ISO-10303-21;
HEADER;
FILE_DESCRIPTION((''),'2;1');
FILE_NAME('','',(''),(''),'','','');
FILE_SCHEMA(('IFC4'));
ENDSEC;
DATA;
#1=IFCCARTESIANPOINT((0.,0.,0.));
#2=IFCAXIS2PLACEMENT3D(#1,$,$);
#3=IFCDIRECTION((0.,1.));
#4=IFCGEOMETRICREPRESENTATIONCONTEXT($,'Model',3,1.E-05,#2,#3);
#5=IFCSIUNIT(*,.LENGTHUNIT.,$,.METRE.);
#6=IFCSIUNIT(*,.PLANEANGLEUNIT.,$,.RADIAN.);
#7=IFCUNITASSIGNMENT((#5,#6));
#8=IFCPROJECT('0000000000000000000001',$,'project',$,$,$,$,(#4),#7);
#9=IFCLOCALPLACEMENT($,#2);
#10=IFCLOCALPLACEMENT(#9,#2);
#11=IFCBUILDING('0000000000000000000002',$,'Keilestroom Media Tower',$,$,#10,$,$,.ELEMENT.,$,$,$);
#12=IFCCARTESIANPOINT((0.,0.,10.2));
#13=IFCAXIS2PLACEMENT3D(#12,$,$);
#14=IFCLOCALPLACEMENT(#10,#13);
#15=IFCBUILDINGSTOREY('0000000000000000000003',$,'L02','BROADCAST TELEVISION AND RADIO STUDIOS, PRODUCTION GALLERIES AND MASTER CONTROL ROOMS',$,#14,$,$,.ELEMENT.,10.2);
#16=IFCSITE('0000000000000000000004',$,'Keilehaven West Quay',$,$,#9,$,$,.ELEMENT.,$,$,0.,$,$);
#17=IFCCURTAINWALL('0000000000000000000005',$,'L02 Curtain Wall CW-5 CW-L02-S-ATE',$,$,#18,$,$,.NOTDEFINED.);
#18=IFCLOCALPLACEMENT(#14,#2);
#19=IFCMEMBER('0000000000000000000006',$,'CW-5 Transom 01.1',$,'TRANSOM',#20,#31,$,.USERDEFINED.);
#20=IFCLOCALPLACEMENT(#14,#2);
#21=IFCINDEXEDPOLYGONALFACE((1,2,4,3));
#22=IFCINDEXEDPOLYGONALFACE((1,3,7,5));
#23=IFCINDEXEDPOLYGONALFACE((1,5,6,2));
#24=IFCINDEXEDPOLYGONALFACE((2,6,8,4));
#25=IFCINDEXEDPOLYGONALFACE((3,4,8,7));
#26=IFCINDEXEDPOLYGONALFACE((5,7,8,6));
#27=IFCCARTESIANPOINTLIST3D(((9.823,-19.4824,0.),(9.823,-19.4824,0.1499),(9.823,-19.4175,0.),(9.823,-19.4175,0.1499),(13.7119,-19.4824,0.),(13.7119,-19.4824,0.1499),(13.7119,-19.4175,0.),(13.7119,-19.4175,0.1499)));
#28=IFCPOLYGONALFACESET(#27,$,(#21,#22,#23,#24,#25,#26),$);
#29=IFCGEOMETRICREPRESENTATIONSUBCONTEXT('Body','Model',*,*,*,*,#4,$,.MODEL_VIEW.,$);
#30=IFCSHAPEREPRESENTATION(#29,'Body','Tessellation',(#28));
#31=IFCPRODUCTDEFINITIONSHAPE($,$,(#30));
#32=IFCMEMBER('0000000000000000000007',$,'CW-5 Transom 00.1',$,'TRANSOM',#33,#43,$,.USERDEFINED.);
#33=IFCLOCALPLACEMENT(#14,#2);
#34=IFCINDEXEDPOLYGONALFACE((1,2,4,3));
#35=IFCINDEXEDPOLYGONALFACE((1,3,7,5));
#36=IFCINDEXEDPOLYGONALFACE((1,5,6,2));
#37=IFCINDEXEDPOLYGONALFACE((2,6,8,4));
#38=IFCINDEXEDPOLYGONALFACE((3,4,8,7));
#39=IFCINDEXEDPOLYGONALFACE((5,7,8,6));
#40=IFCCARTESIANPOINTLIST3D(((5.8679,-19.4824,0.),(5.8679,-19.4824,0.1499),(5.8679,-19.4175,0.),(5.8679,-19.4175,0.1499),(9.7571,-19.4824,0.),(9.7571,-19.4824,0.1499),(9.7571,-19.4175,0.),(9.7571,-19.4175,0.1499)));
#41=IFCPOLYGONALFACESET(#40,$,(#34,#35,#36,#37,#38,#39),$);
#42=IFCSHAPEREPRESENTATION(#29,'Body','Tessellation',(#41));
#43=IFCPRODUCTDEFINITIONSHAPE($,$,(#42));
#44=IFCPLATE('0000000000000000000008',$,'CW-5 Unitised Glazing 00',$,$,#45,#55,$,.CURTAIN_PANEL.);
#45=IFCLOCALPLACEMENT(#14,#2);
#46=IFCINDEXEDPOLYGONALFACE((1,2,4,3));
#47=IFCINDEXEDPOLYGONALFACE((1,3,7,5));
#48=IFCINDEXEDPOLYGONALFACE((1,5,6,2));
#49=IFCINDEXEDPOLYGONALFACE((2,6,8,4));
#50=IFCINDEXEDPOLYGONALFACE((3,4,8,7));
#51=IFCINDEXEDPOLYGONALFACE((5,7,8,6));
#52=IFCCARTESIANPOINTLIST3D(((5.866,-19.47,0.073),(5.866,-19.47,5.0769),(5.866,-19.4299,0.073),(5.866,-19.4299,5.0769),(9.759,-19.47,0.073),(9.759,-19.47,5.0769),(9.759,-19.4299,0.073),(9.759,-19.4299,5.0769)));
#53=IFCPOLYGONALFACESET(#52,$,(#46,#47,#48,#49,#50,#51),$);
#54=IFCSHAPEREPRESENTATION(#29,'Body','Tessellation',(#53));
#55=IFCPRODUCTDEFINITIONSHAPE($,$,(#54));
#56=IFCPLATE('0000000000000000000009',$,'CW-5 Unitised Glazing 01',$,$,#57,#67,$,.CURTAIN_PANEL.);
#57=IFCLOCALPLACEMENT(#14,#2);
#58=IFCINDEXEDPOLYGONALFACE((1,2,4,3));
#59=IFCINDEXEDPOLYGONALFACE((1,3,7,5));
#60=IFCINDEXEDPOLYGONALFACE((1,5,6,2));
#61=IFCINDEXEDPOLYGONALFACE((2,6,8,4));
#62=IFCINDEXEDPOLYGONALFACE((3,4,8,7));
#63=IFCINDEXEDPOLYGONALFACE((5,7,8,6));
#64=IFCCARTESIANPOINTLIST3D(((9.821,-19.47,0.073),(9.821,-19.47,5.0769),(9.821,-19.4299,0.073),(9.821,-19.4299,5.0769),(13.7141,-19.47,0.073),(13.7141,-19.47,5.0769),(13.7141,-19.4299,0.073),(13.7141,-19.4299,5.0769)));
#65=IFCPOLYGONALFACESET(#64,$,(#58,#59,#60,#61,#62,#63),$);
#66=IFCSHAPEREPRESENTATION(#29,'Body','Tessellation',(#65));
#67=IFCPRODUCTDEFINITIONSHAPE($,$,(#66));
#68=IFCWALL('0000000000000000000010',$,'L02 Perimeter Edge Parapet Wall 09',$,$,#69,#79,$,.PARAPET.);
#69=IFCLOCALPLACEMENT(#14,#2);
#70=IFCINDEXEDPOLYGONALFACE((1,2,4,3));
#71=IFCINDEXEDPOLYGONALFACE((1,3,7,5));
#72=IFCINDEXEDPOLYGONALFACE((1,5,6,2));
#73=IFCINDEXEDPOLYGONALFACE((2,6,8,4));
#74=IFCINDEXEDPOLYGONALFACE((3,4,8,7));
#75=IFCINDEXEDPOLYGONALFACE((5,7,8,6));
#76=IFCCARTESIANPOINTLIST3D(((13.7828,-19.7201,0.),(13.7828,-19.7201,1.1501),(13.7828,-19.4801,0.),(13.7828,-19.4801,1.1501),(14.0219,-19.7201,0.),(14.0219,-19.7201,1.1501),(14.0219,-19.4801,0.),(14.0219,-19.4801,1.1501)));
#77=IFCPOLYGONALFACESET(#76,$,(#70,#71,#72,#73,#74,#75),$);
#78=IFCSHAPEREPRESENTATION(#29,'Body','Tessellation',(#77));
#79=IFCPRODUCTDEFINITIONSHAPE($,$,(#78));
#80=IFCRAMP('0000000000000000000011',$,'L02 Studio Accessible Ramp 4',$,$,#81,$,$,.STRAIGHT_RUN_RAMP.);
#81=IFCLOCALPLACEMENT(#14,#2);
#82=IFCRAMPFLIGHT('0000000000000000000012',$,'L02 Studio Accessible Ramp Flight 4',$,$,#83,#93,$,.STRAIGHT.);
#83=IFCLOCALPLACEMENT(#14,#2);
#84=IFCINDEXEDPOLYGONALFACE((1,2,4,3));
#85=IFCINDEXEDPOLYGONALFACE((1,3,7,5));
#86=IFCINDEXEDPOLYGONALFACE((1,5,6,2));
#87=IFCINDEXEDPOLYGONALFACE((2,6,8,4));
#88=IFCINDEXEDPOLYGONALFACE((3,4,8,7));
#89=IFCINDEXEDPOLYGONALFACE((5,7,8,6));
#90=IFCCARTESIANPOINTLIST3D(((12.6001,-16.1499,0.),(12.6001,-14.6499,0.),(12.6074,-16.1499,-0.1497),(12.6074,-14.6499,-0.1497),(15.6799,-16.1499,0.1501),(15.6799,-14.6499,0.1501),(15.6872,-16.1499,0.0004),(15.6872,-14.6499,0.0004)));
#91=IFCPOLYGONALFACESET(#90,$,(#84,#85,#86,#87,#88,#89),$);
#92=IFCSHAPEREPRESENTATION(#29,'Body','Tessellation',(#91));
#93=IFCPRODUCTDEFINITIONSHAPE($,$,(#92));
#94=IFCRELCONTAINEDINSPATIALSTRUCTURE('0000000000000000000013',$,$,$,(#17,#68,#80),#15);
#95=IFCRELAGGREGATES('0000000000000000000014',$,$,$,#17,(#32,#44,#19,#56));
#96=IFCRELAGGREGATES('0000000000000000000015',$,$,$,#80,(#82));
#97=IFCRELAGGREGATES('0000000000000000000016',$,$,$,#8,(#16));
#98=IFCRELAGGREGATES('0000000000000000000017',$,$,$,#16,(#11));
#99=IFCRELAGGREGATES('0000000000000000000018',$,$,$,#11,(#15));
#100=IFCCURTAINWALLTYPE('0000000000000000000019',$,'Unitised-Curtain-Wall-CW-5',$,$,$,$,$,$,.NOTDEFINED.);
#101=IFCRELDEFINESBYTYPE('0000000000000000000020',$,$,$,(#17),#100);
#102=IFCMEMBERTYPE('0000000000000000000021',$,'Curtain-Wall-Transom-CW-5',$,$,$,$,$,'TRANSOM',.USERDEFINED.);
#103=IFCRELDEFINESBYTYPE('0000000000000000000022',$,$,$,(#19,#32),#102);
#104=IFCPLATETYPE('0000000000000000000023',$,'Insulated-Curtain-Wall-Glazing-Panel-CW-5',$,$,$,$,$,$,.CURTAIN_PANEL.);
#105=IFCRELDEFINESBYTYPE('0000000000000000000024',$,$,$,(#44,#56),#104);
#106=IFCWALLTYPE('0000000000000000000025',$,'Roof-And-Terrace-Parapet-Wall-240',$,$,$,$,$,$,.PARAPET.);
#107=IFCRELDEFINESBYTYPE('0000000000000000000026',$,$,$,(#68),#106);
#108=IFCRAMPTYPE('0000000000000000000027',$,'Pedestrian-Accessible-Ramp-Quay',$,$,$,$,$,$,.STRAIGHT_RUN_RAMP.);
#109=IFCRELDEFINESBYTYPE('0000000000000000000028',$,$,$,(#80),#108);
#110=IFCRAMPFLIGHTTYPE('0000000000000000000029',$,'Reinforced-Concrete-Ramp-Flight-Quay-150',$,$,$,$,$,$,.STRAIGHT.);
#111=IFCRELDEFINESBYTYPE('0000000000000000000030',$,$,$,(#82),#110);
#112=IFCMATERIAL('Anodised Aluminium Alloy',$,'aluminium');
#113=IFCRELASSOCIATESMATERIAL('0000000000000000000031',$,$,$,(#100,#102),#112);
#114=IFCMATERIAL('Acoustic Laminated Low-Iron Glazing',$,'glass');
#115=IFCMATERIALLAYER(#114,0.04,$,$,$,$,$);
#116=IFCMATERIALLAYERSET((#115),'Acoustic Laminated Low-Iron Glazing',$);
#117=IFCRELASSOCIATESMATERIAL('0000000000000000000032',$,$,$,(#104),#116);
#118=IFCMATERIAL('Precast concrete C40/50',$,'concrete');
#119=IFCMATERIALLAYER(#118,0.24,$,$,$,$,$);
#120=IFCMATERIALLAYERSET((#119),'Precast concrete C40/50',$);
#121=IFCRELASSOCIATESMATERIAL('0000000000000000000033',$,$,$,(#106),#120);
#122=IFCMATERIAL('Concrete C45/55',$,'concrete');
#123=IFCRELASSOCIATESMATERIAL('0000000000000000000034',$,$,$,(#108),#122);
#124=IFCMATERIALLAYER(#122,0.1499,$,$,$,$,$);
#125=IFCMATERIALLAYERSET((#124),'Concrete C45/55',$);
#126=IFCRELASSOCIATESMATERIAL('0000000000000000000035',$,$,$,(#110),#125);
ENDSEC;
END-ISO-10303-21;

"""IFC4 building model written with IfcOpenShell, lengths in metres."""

from ifc_helpers import new_model, si_unit, direction, frame, frame_2d, origin, origin_2d, place, context, subcontext, project, spatial, polyline, rectangle, outline, extrude, source, transform, mapped, material, layer, layer_set, material_profile, profile_set, type_object, element, aggregate, save


model = new_model("IFC4")

# Units and contexts
model_context = context("Model", 3, precision=1e-05, world=origin(), true_north=direction((0.0, 1.0)))
body_context = subcontext(model_context, "Body", "Model", "MODEL_VIEW")
ifc_project = project(units=[si_unit("LENGTHUNIT", "METRE"), si_unit("PLANEANGLEUNIT", "RADIAN")], contexts=[model_context])

# Site, building, storey
site_placement = place(None, origin())
site = spatial("IfcSite", under=ifc_project, at=site_placement, Name="Keilehaven West Quay", CompositionType="ELEMENT", RefElevation=0.0)
building_placement = place(site_placement, origin())
building = spatial("IfcBuilding", under=site, at=building_placement, Name="Keilestroom Media Tower", CompositionType="ELEMENT")
storey_placement = place(building_placement, frame((0.0, 0.0, 10.2)))
storey = spatial("IfcBuildingStorey", under=building, at=storey_placement, Name="L02", Description="BROADCAST TELEVISION AND RADIO STUDIOS, PRODUCTION GALLERIES AND MASTER CONTROL ROOMS", CompositionType="ELEMENT", Elevation=10.2)

# Shared definitions
ifc_material_1 = material(Name="Precast concrete C40/50", Category="concrete")

# Curtain wall, members, plates
ifc_material_2 = material(Name="Anodised Aluminium Alloy", Category="aluminium")
curtain_wall_type = type_object("IfcCurtainWallType", Name="Unitised-Curtain-Wall-CW-5", PredefinedType="NOTDEFINED", material=ifc_material_2)
curtain_wall_placement = place(storey_placement, origin())
curtain_wall = element("IfcCurtainWall", 1, at=curtain_wall_placement, inside=storey, type_object=curtain_wall_type, Name="L02 Curtain Wall CW-5 CW-L02-S-ATE", PredefinedType="NOTDEFINED")
ifc_material_profile_1 = material_profile(ifc_material_2, rectangle(XDim=0.0649, YDim=0.1499, at=origin_2d()), Name="ALU TRANSOM 65x150")
ifc_profile_set_1 = profile_set([ifc_material_profile_1], Name="Anodised Aluminium Alloy")
member_type_1 = type_object("IfcMemberType", Name="Curtain-Wall-Transom-CW-5", ElementType="TRANSOM", PredefinedType="USERDEFINED", material=ifc_profile_set_1)
shared_shape_1 = source(origin(), body_context, "Body", "SweptSolid", [
    extrude(rectangle(XDim=0.0649, YDim=0.1499, at=origin_2d()), origin(), (0.0, 0.0, 1.0), 3.8889),
])
member_1_placement = place(storey_placement, frame((9.823, -19.45, 0.075), z_axis=(1.0, 0.0, 0.0), x_axis=(0.0, 1.0, 0.0)))
member_1 = element("IfcMember", 2, at=member_1_placement, type_object=member_type_1, Name="CW-5 Transom 01.1", ObjectType="TRANSOM", PredefinedType="USERDEFINED", context=body_context, shape_type="MappedRepresentation", body=[
    mapped(shared_shape_1, transform((0.0, 0.0, 0.0), x_axis=(1.0, 0.0, 0.0), y_axis=(0.0, 1.0, 0.0), z_axis=(0.0, 0.0, 1.0), scale=1.0)),
])
shared_shape_2 = source(origin(), body_context, "Body", "SweptSolid", [
    extrude(rectangle(XDim=0.0649, YDim=0.1499, at=origin_2d()), origin(), (0.0, 0.0, 1.0), 3.8892),
])
member_2_placement = place(storey_placement, frame((5.8679, -19.45, 0.075), z_axis=(1.0, 0.0, 0.0), x_axis=(0.0, 1.0, 0.0)))
member_2 = element("IfcMember", 3, at=member_2_placement, type_object=member_type_1, Name="CW-5 Transom 00.1", ObjectType="TRANSOM", PredefinedType="USERDEFINED", context=body_context, shape_type="MappedRepresentation", body=[
    mapped(shared_shape_2, transform((0.0, 0.0, 0.0), x_axis=(1.0, 0.0, 0.0), y_axis=(0.0, 1.0, 0.0), z_axis=(0.0, 0.0, 1.0), scale=1.0)),
])
ifc_material_3 = material(Name="Acoustic Laminated Low-Iron Glazing", Category="glass")
ifc_layer_1 = layer(ifc_material_3, 0.04)
ifc_layer_set_1 = layer_set([ifc_layer_1], Name="Acoustic Laminated Low-Iron Glazing")
plate_type = type_object("IfcPlateType", Name="Insulated-Curtain-Wall-Glazing-Panel-CW-5", PredefinedType="CURTAIN_PANEL", material=ifc_layer_set_1)
shared_shape_3 = source(origin(), body_context, "Body", "SweptSolid", [
    extrude(rectangle(XDim=3.8931, YDim=0.04, at=origin_2d()), origin(), (0.0, 0.0, 1.0), 5.0039),
])
plate_1_placement = place(storey_placement, frame((7.8125, -19.45, 0.073), z_axis=(0.0, 0.0, 1.0), x_axis=(1.0, 0.0, 0.0)))
plate_1 = element("IfcPlate", 4, at=plate_1_placement, type_object=plate_type, Name="CW-5 Unitised Glazing 00", PredefinedType="CURTAIN_PANEL", context=body_context, shape_type="MappedRepresentation", body=[
    mapped(shared_shape_3, transform((0.0, 0.0, 0.0), x_axis=(1.0, 0.0, 0.0), y_axis=(0.0, 1.0, 0.0), z_axis=(0.0, 0.0, 1.0), scale=1.0)),
])
plate_2_placement = place(storey_placement, frame((11.7676, -19.45, 0.073), z_axis=(0.0, 0.0, 1.0), x_axis=(1.0, 0.0, 0.0)))
plate_2 = element("IfcPlate", 5, at=plate_2_placement, type_object=plate_type, Name="CW-5 Unitised Glazing 01", PredefinedType="CURTAIN_PANEL", context=body_context, shape_type="MappedRepresentation", body=[
    mapped(shared_shape_3, transform((0.0, 0.0, 0.0), x_axis=(1.0, 0.0, 0.0), y_axis=(0.0, 1.0, 0.0), z_axis=(0.0, 0.0, 1.0), scale=1.0)),
])
aggregate(curtain_wall, [member_2, plate_1, member_1, plate_2])

# Wall
ifc_layer_2 = layer(ifc_material_1, 0.24)
ifc_layer_set_2 = layer_set([ifc_layer_2], Name="Precast concrete C40/50")
wall_type = type_object("IfcWallType", Name="Roof-And-Terrace-Parapet-Wall-240", PredefinedType="PARAPET", material=ifc_layer_set_2)
wall_placement = place(storey_placement, frame((14.022, -19.6001, 0.0), z_axis=(0.0, 0.0, 1.0), x_axis=(-1.0, 0.0, 0.0)))
element("IfcWall", 6, at=wall_placement, inside=storey, type_object=wall_type, Name="L02 Perimeter Edge Parapet Wall 09", PredefinedType="PARAPET", context=body_context, shape_type="SweptSolid", body=[
    extrude(rectangle(XDim=0.239, YDim=0.24, at=frame_2d((0.1196, 0.0))), origin(), (0.0, 0.0, 1.0), 1.1501),
])

# Ramp, ramp flight
ifc_material_4 = material(Name="Concrete C45/55", Category="concrete")
ramp_type = type_object("IfcRampType", Name="Pedestrian-Accessible-Ramp-Quay", PredefinedType="STRAIGHT_RUN_RAMP", material=ifc_material_4)
ramp_placement = place(storey_placement, origin())
ramp = element("IfcRamp", 7, at=ramp_placement, inside=storey, type_object=ramp_type, Name="L02 Studio Accessible Ramp 4", PredefinedType="STRAIGHT_RUN_RAMP")
ifc_layer_3 = layer(ifc_material_4, 0.1499)
ifc_layer_set_3 = layer_set([ifc_layer_3], Name="Concrete C45/55")
ramp_flight_type = type_object("IfcRampFlightType", Name="Reinforced-Concrete-Ramp-Flight-Quay-150", PredefinedType="STRAIGHT", material=ifc_layer_set_3)
ramp_flight_placement = place(storey_placement, frame((12.6001, -16.1499, 0.0), z_axis=(-0.048694, 0.0, 0.998814), x_axis=(0.998814, 0.0, 0.048694)))
ramp_flight = element("IfcRampFlight", 8, at=ramp_flight_placement, type_object=ramp_flight_type, Name="L02 Studio Accessible Ramp Flight 4", PredefinedType="STRAIGHT", context=body_context, shape_type="SweptSolid", body=[
    extrude(outline(polyline([(0.0, 0.0), (3.0835, 0.0), (3.0835, 1.5), (0.0, 1.5), (0.0, 0.0)])), origin(), (0.0, 0.0, -1.0), 0.1499),
])
aggregate(ramp, [ramp_flight])

save(model, "model.ifc")
